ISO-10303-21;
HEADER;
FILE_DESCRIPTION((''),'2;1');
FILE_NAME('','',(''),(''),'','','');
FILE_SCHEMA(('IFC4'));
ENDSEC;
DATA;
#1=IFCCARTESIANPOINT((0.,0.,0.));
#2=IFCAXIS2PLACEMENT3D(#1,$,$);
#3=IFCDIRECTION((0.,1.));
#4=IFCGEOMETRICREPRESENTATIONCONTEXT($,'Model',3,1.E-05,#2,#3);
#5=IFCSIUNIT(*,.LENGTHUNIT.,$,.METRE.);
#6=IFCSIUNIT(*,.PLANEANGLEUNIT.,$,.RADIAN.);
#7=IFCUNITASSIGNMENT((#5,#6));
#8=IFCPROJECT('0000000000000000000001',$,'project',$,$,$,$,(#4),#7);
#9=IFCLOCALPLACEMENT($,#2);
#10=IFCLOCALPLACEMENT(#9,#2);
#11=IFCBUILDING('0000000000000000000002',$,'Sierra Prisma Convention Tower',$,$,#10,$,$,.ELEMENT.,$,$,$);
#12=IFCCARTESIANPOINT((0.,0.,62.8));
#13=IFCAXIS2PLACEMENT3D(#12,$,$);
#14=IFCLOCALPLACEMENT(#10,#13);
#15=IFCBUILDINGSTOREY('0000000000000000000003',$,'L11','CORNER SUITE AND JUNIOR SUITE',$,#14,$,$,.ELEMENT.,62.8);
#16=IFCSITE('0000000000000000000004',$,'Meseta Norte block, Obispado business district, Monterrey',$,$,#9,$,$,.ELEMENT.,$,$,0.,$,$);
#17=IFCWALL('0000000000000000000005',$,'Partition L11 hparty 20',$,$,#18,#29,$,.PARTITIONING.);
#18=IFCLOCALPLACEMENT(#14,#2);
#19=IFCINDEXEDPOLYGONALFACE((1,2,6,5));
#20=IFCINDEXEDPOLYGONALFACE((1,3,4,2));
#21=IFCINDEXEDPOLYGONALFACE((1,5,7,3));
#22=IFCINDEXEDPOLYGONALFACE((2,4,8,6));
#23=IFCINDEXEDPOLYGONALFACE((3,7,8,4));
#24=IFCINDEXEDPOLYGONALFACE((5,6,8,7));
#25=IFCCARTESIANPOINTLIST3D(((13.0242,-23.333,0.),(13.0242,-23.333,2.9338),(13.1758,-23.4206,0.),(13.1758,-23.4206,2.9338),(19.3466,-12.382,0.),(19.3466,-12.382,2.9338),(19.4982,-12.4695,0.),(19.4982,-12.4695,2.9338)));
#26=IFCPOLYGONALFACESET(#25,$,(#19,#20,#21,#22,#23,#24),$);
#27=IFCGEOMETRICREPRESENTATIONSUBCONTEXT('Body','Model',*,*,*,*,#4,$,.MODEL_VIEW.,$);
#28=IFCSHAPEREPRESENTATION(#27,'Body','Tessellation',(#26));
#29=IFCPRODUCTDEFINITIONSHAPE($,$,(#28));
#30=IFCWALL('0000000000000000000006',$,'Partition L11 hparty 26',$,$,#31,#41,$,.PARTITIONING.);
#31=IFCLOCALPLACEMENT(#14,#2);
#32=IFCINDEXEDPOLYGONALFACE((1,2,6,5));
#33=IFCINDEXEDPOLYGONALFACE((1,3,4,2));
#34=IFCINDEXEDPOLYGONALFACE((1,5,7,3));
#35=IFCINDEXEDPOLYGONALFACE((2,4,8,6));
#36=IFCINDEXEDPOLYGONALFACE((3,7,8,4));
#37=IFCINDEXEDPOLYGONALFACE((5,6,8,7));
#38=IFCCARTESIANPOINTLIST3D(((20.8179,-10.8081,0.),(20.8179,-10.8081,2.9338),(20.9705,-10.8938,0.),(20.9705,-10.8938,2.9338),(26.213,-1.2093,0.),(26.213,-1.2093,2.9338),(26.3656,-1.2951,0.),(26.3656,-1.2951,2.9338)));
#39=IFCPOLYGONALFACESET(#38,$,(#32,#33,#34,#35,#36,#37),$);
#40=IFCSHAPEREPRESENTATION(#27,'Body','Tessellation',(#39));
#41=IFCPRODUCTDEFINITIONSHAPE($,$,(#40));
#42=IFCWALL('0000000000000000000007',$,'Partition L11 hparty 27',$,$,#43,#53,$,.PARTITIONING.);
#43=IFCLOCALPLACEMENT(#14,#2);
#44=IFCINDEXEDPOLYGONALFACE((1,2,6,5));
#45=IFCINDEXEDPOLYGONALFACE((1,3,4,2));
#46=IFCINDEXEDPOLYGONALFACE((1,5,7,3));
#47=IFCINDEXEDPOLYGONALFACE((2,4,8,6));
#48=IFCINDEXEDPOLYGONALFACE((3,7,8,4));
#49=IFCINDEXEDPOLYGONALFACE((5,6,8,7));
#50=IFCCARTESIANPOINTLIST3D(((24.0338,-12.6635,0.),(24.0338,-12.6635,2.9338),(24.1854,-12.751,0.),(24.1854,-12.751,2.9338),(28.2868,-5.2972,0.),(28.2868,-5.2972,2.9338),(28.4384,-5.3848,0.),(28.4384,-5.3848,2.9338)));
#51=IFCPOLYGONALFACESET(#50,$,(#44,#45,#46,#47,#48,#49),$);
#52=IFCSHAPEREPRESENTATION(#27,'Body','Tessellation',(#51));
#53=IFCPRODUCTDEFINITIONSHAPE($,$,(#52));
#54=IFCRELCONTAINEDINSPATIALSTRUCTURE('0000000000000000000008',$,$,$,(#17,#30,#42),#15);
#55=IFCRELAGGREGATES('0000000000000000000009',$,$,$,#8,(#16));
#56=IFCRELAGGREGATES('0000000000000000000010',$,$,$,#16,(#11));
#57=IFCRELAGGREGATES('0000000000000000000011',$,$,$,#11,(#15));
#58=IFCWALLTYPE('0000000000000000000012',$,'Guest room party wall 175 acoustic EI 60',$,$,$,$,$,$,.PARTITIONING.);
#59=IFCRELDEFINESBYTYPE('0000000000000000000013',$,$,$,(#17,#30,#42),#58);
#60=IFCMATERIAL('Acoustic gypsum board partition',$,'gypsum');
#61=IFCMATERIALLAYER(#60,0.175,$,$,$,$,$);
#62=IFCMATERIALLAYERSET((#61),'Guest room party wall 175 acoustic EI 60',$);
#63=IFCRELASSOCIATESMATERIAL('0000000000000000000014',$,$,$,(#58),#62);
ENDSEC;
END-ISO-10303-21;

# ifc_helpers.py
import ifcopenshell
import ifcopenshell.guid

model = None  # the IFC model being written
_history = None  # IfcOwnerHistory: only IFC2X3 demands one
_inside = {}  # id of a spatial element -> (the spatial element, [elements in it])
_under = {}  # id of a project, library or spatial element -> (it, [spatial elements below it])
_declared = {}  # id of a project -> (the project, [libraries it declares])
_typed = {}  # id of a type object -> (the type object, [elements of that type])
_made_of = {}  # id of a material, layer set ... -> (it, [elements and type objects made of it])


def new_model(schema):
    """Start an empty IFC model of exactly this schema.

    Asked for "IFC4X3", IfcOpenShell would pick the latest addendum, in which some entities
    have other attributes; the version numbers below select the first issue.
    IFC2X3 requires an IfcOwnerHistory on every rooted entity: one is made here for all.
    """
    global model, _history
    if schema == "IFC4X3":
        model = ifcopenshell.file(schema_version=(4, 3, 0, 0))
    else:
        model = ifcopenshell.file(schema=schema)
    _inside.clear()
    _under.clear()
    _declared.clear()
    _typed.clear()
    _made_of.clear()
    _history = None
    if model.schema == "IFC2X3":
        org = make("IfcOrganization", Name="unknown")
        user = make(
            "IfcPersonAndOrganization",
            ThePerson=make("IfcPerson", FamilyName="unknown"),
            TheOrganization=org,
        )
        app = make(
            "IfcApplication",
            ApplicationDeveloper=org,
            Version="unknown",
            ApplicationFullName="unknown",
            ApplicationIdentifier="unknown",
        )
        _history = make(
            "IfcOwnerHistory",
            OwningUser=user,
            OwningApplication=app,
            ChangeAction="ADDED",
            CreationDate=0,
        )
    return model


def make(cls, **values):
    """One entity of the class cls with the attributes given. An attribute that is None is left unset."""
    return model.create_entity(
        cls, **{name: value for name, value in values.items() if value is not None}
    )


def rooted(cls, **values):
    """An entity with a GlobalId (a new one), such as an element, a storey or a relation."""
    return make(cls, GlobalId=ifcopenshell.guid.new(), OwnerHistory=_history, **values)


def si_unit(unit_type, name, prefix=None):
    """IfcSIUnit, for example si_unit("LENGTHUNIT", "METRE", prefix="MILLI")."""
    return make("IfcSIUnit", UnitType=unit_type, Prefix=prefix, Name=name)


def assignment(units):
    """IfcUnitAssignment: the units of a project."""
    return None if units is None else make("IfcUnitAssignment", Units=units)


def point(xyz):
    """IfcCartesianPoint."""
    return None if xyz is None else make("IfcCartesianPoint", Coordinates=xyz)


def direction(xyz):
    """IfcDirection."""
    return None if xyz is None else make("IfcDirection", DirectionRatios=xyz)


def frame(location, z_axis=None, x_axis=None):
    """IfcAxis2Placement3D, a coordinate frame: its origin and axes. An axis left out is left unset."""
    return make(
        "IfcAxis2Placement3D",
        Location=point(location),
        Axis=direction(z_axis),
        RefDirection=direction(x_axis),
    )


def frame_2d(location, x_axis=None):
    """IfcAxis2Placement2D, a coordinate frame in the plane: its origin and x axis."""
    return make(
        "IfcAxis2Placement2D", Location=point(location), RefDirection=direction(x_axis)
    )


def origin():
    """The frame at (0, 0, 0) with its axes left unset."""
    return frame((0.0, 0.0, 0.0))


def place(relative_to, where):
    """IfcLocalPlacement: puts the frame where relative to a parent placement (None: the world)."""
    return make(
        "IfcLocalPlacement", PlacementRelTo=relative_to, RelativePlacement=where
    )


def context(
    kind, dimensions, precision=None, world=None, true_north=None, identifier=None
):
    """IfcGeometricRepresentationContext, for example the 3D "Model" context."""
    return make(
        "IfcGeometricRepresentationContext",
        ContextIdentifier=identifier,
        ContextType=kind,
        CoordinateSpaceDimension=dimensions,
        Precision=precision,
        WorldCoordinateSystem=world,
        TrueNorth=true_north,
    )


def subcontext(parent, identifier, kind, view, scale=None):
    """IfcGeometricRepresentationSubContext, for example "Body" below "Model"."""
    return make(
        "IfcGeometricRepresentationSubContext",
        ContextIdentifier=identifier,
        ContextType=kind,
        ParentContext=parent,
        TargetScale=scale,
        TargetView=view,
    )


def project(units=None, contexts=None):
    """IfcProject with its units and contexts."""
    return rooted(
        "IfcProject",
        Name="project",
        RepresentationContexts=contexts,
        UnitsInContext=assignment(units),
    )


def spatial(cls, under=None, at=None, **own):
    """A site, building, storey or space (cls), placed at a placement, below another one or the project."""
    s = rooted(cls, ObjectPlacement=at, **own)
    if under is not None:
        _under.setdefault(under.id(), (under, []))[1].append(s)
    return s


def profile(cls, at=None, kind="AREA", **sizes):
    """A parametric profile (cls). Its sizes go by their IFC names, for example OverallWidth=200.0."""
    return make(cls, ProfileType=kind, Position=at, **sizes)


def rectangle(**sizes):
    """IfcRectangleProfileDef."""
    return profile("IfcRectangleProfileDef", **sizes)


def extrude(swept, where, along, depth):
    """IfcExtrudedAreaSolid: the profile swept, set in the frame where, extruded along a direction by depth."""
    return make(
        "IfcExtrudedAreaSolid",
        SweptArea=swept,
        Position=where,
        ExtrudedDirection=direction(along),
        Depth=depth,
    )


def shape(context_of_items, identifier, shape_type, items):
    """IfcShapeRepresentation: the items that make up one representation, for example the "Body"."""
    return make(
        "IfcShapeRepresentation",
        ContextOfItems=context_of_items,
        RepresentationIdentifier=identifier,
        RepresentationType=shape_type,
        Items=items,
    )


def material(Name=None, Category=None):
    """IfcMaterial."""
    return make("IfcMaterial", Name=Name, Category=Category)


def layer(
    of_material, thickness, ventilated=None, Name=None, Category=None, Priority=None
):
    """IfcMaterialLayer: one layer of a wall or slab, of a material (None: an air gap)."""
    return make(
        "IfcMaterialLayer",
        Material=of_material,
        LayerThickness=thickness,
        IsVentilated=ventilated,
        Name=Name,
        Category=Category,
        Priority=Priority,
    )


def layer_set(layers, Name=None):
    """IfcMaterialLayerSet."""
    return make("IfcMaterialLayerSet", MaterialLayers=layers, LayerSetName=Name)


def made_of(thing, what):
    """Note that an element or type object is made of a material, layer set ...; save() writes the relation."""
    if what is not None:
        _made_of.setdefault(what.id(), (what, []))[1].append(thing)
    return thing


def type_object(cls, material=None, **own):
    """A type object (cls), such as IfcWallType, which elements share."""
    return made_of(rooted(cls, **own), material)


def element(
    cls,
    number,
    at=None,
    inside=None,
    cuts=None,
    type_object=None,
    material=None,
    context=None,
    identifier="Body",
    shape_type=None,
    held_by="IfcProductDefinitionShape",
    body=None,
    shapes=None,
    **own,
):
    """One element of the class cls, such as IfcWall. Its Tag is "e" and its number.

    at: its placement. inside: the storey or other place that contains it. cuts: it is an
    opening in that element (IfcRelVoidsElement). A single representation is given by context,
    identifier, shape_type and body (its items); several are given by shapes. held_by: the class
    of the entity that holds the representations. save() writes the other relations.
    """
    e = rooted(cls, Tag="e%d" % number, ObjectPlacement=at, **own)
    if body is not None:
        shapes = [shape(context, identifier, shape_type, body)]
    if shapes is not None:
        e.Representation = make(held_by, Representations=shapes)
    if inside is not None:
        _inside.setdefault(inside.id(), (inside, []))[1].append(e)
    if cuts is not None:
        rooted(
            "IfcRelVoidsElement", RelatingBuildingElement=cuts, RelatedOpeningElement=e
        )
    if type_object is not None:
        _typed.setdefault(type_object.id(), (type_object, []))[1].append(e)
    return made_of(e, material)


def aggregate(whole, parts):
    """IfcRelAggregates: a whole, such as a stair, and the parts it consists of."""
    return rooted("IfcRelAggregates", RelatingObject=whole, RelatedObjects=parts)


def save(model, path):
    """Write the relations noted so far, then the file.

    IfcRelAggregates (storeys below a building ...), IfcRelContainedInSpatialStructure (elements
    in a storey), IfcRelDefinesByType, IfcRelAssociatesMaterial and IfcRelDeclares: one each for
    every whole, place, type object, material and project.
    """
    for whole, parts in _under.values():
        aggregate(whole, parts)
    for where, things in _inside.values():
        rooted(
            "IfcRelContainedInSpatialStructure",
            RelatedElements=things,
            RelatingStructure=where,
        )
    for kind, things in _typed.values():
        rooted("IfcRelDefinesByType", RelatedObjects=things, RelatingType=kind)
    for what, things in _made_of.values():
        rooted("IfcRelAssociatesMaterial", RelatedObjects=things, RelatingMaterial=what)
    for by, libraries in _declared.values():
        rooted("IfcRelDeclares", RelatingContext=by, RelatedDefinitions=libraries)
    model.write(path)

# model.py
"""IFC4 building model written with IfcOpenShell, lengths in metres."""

from ifc_helpers import new_model, si_unit, direction, frame, frame_2d, origin, place, context, subcontext, project, spatial, rectangle, extrude, material, layer, layer_set, type_object, element, save


model = new_model("IFC4")

# Units and contexts
model_context = context("Model", 3, precision=1e-05, world=origin(), true_north=direction((0.0, 1.0)))
body_context = subcontext(model_context, "Body", "Model", "MODEL_VIEW")
ifc_project = project(units=[si_unit("LENGTHUNIT", "METRE"), si_unit("PLANEANGLEUNIT", "RADIAN")], contexts=[model_context])

# Site, building, storey
site_placement = place(None, origin())
site = spatial("IfcSite", under=ifc_project, at=site_placement, Name="Meseta Norte block, Obispado business district, Monterrey", CompositionType="ELEMENT", RefElevation=0.0)
building_placement = place(site_placement, origin())
building = spatial("IfcBuilding", under=site, at=building_placement, Name="Sierra Prisma Convention Tower", CompositionType="ELEMENT")
storey_placement = place(building_placement, frame((0.0, 0.0, 62.8)))
storey = spatial("IfcBuildingStorey", under=building, at=storey_placement, Name="L11", Description="CORNER SUITE AND JUNIOR SUITE", CompositionType="ELEMENT", Elevation=62.8)

# Walls
ifc_material_1 = material(Name="Acoustic gypsum board partition", Category="gypsum")
ifc_layer_1 = layer(ifc_material_1, 0.175)
ifc_layer_set_1 = layer_set([ifc_layer_1], Name="Guest room party wall 175 acoustic EI 60")
wall_type_1 = type_object("IfcWallType", Name="Guest room party wall 175 acoustic EI 60", PredefinedType="PARTITIONING", material=ifc_layer_set_1)
wall_1_placement = place(storey_placement, frame((19.4224, -12.4258, 0.0), z_axis=(0.0, 0.0, 1.0), x_axis=(-0.499985, -0.866034, 0.0)))
element("IfcWall", 1, at=wall_1_placement, inside=storey, type_object=wall_type_1, Name="Partition L11 hparty 20", PredefinedType="PARTITIONING", context=body_context, shape_type="SweptSolid", body=[
    extrude(rectangle(XDim=12.645, YDim=0.175, at=frame_2d((6.3225, 0.0))), origin(), (0.0, 0.0, 1.0), 2.9338),
])
wall_2_placement = place(storey_placement, frame((20.8943, -10.8508, 0.0), z_axis=(0.0, 0.0, 1.0), x_axis=(0.489971, 0.871739, 0.0)))
element("IfcWall", 2, at=wall_2_placement, inside=storey, type_object=wall_type_1, Name="Partition L11 hparty 26", PredefinedType="PARTITIONING", context=body_context, shape_type="SweptSolid", body=[
    extrude(rectangle(XDim=11.011, YDim=0.175, at=frame_2d((5.5054, 0.0))), origin(), (0.0, 0.0, 1.0), 2.9338),
])
wall_3_placement = place(storey_placement, frame((24.1096, -12.7073, 0.0), z_axis=(0.0, 0.0, 1.0), x_axis=(0.500004, 0.866023, 0.0)))
element("IfcWall", 3, at=wall_3_placement, inside=storey, type_object=wall_type_1, Name="Partition L11 hparty 27", PredefinedType="PARTITIONING", context=body_context, shape_type="SweptSolid", body=[
    extrude(rectangle(XDim=8.5059, YDim=0.175, at=frame_2d((4.2529, 0.0))), origin(), (0.0, 0.0, 1.0), 2.9338),
])

save(model, "model.ifc")
